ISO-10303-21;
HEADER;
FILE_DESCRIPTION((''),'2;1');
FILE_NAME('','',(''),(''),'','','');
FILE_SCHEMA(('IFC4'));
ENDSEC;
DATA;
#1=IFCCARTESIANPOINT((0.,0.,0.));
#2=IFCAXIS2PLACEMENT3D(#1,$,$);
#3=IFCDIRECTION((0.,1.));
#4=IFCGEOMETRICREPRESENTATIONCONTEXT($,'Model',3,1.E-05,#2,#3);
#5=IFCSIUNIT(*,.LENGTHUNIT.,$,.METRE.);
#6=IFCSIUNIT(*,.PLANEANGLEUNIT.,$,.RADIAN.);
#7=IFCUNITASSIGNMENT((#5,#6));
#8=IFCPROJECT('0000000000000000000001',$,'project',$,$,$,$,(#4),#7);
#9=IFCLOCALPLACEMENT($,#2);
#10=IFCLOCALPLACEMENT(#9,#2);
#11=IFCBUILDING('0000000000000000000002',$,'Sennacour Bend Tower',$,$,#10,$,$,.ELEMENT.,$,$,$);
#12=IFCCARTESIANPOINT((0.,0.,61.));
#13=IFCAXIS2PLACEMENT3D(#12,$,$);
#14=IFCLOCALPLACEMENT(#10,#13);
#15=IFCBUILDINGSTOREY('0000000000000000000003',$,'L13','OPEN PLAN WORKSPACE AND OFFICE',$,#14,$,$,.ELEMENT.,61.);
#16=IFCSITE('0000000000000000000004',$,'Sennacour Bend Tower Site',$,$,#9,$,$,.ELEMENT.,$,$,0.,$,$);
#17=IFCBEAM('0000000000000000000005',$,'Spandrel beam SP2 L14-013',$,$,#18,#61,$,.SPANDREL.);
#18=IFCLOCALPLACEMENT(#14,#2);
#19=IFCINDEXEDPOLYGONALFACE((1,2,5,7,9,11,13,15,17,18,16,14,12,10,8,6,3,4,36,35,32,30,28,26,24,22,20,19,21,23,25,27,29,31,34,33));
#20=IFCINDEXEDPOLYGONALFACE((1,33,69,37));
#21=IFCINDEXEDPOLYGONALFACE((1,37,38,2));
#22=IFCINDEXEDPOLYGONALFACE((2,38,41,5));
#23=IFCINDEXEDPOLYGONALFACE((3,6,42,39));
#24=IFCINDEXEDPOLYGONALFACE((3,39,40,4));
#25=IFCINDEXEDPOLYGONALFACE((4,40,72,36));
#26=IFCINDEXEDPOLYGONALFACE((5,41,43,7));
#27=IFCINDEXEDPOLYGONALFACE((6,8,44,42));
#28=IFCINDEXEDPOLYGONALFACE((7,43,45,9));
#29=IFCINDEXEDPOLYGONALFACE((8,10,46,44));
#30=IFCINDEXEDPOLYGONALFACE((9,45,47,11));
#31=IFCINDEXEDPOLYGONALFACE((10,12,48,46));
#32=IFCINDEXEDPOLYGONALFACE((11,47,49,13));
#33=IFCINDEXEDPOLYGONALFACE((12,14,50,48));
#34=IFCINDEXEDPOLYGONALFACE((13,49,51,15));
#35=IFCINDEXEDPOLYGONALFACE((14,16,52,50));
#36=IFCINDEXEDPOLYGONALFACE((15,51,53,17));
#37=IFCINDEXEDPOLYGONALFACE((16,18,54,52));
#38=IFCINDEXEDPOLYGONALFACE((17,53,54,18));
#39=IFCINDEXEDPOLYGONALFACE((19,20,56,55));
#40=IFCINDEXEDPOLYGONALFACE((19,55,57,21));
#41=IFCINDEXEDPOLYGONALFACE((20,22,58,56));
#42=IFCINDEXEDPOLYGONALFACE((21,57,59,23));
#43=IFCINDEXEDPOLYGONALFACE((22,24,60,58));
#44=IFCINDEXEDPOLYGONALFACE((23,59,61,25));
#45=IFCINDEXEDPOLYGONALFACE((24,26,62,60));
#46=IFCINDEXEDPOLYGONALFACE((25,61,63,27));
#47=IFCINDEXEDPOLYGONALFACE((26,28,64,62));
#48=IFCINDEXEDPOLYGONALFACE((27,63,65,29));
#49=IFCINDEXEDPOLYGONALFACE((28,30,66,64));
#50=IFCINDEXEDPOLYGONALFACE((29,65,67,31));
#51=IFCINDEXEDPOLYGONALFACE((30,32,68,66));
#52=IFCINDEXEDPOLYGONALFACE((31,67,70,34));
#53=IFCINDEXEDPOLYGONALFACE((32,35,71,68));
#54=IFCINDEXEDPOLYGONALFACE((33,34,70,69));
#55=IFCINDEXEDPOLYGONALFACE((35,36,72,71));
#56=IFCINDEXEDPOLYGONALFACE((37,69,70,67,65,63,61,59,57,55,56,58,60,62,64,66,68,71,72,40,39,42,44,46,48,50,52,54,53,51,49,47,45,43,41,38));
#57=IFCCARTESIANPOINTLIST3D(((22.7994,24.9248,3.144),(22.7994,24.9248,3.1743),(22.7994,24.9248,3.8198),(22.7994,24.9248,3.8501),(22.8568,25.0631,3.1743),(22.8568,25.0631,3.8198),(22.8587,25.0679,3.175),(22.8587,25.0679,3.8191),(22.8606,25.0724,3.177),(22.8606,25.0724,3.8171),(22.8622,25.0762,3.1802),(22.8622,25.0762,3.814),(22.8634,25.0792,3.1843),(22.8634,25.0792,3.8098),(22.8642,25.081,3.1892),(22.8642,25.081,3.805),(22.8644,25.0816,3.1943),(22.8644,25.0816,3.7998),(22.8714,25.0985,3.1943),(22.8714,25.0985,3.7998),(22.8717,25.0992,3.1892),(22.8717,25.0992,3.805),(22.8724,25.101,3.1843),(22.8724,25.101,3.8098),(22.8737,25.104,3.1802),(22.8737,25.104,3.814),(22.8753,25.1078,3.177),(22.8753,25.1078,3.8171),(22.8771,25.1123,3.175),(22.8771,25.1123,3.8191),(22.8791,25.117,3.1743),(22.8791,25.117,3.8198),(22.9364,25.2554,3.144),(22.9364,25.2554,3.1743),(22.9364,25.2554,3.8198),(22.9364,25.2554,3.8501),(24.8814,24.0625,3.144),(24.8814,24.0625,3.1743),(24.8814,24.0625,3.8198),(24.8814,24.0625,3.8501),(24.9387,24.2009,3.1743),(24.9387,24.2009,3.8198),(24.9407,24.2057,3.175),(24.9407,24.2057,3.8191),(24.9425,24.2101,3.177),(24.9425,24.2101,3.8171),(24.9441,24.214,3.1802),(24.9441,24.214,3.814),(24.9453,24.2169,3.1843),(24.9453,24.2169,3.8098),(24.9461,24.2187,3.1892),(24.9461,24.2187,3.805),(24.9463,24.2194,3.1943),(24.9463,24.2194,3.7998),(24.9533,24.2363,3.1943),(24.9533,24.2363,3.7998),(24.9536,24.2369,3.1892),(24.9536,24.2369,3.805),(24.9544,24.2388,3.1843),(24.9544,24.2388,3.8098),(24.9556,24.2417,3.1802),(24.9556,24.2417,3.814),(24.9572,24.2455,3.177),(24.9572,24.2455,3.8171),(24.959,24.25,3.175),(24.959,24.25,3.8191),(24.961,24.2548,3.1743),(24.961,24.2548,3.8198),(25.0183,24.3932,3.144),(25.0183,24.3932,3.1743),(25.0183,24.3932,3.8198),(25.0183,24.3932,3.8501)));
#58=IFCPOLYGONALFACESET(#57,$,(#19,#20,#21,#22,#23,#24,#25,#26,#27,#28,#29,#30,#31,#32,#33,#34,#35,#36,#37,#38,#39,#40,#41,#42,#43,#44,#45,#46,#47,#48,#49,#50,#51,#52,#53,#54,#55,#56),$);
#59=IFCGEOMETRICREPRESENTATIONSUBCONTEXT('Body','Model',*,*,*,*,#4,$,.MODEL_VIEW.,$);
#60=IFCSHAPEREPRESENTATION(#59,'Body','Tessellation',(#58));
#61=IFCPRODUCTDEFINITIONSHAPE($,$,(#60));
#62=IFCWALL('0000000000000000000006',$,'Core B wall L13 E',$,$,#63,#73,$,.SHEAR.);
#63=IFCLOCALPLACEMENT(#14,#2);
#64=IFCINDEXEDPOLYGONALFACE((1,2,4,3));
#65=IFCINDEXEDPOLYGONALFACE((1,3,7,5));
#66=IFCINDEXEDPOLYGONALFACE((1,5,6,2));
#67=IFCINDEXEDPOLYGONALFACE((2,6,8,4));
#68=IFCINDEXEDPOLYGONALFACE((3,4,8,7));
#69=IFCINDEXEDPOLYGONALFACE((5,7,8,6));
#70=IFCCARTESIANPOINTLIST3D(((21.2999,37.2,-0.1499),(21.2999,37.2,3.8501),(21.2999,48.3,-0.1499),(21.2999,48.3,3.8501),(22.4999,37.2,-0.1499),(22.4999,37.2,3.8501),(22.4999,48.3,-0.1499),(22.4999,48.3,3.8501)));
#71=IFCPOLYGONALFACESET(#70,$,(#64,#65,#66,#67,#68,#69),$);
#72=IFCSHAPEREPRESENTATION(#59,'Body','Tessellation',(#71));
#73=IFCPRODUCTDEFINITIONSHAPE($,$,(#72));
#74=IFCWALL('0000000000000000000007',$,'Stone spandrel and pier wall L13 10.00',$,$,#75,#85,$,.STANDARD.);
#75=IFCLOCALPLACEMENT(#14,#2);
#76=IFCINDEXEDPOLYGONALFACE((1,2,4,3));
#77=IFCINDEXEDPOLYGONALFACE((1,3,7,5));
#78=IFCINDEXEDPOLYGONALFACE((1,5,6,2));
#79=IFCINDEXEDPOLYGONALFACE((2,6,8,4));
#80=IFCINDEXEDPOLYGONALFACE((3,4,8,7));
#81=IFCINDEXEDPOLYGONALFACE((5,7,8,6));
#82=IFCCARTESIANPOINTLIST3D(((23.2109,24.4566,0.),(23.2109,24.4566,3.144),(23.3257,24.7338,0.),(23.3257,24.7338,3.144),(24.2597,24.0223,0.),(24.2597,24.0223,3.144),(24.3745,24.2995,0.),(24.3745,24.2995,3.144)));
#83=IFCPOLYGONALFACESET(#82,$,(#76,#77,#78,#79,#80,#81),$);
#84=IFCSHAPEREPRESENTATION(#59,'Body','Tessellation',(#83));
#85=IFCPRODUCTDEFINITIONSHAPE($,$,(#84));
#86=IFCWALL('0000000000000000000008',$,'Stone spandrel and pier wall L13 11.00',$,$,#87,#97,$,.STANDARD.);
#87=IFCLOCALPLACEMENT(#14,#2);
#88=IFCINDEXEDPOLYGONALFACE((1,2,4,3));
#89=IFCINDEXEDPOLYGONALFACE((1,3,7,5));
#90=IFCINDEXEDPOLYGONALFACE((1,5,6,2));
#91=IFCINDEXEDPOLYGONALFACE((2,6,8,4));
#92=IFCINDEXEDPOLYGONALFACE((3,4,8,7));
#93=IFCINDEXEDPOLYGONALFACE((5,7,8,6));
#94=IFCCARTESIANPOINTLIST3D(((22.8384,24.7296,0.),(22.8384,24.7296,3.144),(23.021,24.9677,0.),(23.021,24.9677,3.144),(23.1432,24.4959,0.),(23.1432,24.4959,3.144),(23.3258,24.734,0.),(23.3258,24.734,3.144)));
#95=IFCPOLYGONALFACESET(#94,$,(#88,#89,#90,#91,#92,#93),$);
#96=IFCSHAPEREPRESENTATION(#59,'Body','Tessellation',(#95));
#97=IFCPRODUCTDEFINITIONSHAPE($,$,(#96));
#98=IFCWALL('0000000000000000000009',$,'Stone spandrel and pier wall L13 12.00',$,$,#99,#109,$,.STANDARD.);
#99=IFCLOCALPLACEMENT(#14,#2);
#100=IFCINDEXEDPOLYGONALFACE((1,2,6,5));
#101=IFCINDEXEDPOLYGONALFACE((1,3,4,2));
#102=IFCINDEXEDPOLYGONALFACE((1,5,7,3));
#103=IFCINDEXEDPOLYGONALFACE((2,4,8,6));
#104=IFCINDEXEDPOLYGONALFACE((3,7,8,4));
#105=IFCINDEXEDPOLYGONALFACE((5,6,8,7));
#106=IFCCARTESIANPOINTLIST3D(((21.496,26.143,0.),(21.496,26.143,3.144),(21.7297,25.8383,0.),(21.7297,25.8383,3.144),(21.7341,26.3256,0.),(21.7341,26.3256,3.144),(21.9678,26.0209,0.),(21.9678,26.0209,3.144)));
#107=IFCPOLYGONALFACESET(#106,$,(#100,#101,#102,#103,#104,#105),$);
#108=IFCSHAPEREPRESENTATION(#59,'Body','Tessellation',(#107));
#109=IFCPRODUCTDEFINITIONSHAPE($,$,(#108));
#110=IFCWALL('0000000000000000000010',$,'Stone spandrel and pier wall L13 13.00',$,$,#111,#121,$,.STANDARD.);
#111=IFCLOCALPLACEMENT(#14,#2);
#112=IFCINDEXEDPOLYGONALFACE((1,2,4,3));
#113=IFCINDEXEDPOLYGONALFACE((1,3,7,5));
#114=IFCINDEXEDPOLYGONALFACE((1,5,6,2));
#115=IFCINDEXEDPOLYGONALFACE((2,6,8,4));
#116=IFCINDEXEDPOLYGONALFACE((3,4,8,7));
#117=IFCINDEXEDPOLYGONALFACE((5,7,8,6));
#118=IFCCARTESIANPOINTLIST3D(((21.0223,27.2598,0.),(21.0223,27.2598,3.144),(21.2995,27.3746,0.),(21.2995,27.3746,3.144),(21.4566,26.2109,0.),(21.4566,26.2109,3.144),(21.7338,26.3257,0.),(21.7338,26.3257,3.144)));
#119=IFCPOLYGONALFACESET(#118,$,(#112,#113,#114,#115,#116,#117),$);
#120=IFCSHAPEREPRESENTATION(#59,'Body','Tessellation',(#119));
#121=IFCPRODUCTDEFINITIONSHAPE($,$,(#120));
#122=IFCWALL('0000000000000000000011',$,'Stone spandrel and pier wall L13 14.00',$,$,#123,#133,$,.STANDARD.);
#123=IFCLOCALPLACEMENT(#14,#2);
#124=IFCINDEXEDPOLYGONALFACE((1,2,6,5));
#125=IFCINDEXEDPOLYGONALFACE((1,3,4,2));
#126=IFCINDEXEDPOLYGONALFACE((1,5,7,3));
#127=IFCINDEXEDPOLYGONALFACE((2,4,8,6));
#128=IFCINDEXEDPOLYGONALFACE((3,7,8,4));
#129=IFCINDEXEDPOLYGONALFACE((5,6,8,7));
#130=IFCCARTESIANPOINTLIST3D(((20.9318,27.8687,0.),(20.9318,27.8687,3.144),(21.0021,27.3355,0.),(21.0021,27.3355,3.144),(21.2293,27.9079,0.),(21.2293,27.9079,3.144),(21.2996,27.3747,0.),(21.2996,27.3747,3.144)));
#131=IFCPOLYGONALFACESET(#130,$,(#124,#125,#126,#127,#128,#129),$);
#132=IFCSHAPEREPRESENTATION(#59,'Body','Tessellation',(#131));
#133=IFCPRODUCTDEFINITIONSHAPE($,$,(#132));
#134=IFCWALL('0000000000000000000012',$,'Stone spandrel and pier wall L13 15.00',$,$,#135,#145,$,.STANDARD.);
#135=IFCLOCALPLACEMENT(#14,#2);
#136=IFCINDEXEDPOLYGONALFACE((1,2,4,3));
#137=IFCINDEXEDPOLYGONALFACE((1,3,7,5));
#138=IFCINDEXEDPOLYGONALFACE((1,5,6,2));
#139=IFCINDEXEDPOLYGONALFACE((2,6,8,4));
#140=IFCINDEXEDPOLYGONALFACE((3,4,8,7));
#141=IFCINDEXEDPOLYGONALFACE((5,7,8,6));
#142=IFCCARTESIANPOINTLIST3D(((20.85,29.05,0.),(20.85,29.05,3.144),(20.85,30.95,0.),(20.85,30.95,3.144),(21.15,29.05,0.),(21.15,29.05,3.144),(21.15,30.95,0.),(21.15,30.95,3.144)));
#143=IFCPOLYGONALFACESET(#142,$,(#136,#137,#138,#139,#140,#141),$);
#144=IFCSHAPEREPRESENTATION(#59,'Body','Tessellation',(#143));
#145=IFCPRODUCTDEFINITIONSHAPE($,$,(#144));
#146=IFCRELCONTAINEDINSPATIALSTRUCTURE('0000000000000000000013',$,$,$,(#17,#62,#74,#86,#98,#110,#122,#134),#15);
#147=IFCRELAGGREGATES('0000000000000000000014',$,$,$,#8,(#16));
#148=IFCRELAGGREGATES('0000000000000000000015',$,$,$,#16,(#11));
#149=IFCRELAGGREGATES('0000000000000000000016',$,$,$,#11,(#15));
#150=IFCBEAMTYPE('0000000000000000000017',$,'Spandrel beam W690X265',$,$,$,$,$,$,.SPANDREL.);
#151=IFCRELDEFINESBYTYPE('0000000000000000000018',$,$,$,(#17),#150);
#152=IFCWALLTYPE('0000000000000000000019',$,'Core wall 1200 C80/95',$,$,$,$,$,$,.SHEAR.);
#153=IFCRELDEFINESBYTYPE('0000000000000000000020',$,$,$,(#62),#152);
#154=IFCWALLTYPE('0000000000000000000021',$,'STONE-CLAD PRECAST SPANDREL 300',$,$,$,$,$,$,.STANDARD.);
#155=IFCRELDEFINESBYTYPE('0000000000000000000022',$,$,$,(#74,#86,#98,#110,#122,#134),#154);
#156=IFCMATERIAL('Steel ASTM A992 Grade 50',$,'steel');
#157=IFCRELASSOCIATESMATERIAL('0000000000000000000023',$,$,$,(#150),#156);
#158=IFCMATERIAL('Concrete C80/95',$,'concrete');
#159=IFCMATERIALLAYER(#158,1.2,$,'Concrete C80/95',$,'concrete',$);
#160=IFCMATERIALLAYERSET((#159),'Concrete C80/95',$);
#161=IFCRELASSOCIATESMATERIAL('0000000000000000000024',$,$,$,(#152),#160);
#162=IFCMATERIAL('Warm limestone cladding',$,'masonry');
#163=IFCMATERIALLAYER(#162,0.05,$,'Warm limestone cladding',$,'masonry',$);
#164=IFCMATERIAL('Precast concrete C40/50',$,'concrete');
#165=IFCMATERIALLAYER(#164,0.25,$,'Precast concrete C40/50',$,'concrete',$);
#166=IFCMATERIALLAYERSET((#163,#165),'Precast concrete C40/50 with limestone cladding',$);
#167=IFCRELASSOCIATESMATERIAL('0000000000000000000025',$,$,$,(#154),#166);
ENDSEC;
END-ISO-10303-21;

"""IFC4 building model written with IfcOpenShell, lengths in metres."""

from ifc_helpers import new_model, si_unit, direction, frame, frame_2d, origin, origin_2d, place, context, subcontext, project, spatial, rectangle, i_section, extrude, material, layer, layer_set, material_profile, profile_set, type_object, element, save


model = new_model("IFC4")

# Units and contexts
model_context = context("Model", 3, precision=1e-05, world=origin(), true_north=direction((0.0, 1.0)))
body_context = subcontext(model_context, "Body", "Model", "MODEL_VIEW")
ifc_project = project(units=[si_unit("LENGTHUNIT", "METRE"), si_unit("PLANEANGLEUNIT", "RADIAN")], contexts=[model_context])

# Site, building, storey
site_placement = place(None, origin())
site = spatial("IfcSite", under=ifc_project, at=site_placement, Name="Sennacour Bend Tower Site", CompositionType="ELEMENT", RefElevation=0.0)
building_placement = place(site_placement, origin())
building = spatial("IfcBuilding", under=site, at=building_placement, Name="Sennacour Bend Tower", CompositionType="ELEMENT")
storey_placement = place(building_placement, frame((0.0, 0.0, 61.0)))
storey = spatial("IfcBuildingStorey", under=building, at=storey_placement, Name="L13", Description="OPEN PLAN WORKSPACE AND OFFICE", CompositionType="ELEMENT", Elevation=61.0)

# Beam
ifc_material_1 = material(Name="Steel ASTM A992 Grade 50", Category="steel")
ifc_material_profile_1 = material_profile(ifc_material_1, i_section(OverallWidth=0.3579, OverallDepth=0.7061, WebThickness=0.0183, FlangeThickness=0.0303, FilletRadius=0.02, at=origin_2d()), Name="Steel ASTM A992 Grade 50", Category="steel")
ifc_profile_set_1 = profile_set([ifc_material_profile_1], Name="Steel ASTM A992 Grade 50")
beam_type = type_object("IfcBeamType", Name="Spandrel beam W690X265", PredefinedType="SPANDREL", material=ifc_profile_set_1)
for number, where, z_axis, x_axis, name in (
    (1, (22.8679, 25.0901, 3.4971), (0.923895, -0.382645, 0.0), (0.382645, 0.923895, 0.0), "Spandrel beam SP2 L14-013"),
):
    element("IfcBeam", number, at=place(storey_placement, frame(where, z_axis=z_axis, x_axis=x_axis)), inside=storey, type_object=beam_type, Name=name, PredefinedType="SPANDREL", context=body_context, shape_type="SweptSolid", body=[
        extrude(i_section(OverallWidth=0.3579, OverallDepth=0.7061, WebThickness=0.0183, FlangeThickness=0.0303, FilletRadius=0.02, at=origin_2d()), origin(), (0.0, 0.0, 1.0), 2.2534),
    ])

# Walls
ifc_material_2 = material(Name="Concrete C80/95", Category="concrete")
ifc_layer_1 = layer(ifc_material_2, 1.2, Name="Concrete C80/95", Category="concrete")
ifc_layer_set_1 = layer_set([ifc_layer_1], Name="Concrete C80/95")
wall_type_1 = type_object("IfcWallType", Name="Core wall 1200 C80/95", PredefinedType="SHEAR", material=ifc_layer_set_1)
wall_1_placement = place(storey_placement, frame((21.8999, 37.2, -0.1499), z_axis=(0.0, 0.0, 1.0), x_axis=(0.0, 1.0, 0.0)))
element("IfcWall", 2, at=wall_1_placement, inside=storey, type_object=wall_type_1, Name="Core B wall L13 E", PredefinedType="SHEAR", context=body_context, shape_type="SweptSolid", body=[
    extrude(rectangle(XDim=11.1001, YDim=1.2, at=frame_2d((5.55, 0.0))), origin(), (0.0, 0.0, 1.0), 4.0),
])
ifc_material_3 = material(Name="Warm limestone cladding", Category="masonry")
ifc_layer_2 = layer(ifc_material_3, 0.05, Name="Warm limestone cladding", Category="masonry")
ifc_material_4 = material(Name="Precast concrete C40/50", Category="concrete")
ifc_layer_3 = layer(ifc_material_4, 0.25, Name="Precast concrete C40/50", Category="concrete")
ifc_layer_set_2 = layer_set([ifc_layer_2, ifc_layer_3], Name="Precast concrete C40/50 with limestone cladding")
wall_type_2 = type_object("IfcWallType", Name="STONE-CLAD PRECAST SPANDREL 300", PredefinedType="STANDARD", material=ifc_layer_set_2)
wall_2_placement = place(storey_placement, frame((24.3171, 24.1609, 0.0), z_axis=(0.0, 0.0, 1.0), x_axis=(-0.923915, 0.382599, 0.0)))
element("IfcWall", 3, at=wall_2_placement, inside=storey, type_object=wall_type_2, Name="Stone spandrel and pier wall L13 10.00", PredefinedType="STANDARD", context=body_context, shape_type="SweptSolid", body=[
    extrude(rectangle(XDim=1.1353, YDim=0.3, at=frame_2d((0.5676, 0.0))), origin(), (0.0, 0.0, 1.0), 3.144),
])
for number, where, z_axis, x_axis, name in (
    (4, (23.2344, 24.615, 0.0), (0.0, 0.0, 1.0), (-0.793545, 0.608512, 0.0), "Stone spandrel and pier wall L13 11.00"),
    (5, (21.8486, 25.9297, 0.0), (0.0, 0.0, 1.0), (-0.608512, 0.793545, 0.0), "Stone spandrel and pier wall L13 12.00"),
):
    element("IfcWall", number, at=place(storey_placement, frame(where, z_axis=z_axis, x_axis=x_axis)), inside=storey, type_object=wall_type_2, Name=name, PredefinedType="STANDARD", context=body_context, shape_type="SweptSolid", body=[
        extrude(rectangle(XDim=0.384, YDim=0.3, at=frame_2d((0.1919, 0.0))), origin(), (0.0, 0.0, 1.0), 3.144),
    ])
wall_3_placement = place(storey_placement, frame((21.5952, 26.2683, 0.0), z_axis=(0.0, 0.0, 1.0), x_axis=(-0.382599, 0.923915, 0.0)))
element("IfcWall", 6, at=wall_3_placement, inside=storey, type_object=wall_type_2, Name="Stone spandrel and pier wall L13 13.00", PredefinedType="STANDARD", context=body_context, shape_type="SweptSolid", body=[
    extrude(rectangle(XDim=1.1353, YDim=0.3, at=frame_2d((0.5676, 0.0))), origin(), (0.0, 0.0, 1.0), 3.144),
])
wall_4_placement = place(storey_placement, frame((21.1509, 27.355, 0.0), z_axis=(0.0, 0.0, 1.0), x_axis=(-0.130736, 0.991417, 0.0)))
element("IfcWall", 7, at=wall_4_placement, inside=storey, type_object=wall_type_2, Name="Stone spandrel and pier wall L13 14.00", PredefinedType="STANDARD", context=body_context, shape_type="SweptSolid", body=[
    extrude(rectangle(XDim=0.5378, YDim=0.3, at=frame_2d((0.269, 0.0))), origin(), (0.0, 0.0, 1.0), 3.144),
])
wall_5_placement = place(storey_placement, frame((21.0, 29.05, 0.0), z_axis=(0.0, 0.0, 1.0), x_axis=(0.0, 1.0, 0.0)))
element("IfcWall", 8, at=wall_5_placement, inside=storey, type_object=wall_type_2, Name="Stone spandrel and pier wall L13 15.00", PredefinedType="STANDARD", context=body_context, shape_type="SweptSolid", body=[
    extrude(rectangle(XDim=1.8999, YDim=0.3, at=frame_2d((0.95, 0.0))), origin(), (0.0, 0.0, 1.0), 3.144),
])

save(model, "model.ifc")
